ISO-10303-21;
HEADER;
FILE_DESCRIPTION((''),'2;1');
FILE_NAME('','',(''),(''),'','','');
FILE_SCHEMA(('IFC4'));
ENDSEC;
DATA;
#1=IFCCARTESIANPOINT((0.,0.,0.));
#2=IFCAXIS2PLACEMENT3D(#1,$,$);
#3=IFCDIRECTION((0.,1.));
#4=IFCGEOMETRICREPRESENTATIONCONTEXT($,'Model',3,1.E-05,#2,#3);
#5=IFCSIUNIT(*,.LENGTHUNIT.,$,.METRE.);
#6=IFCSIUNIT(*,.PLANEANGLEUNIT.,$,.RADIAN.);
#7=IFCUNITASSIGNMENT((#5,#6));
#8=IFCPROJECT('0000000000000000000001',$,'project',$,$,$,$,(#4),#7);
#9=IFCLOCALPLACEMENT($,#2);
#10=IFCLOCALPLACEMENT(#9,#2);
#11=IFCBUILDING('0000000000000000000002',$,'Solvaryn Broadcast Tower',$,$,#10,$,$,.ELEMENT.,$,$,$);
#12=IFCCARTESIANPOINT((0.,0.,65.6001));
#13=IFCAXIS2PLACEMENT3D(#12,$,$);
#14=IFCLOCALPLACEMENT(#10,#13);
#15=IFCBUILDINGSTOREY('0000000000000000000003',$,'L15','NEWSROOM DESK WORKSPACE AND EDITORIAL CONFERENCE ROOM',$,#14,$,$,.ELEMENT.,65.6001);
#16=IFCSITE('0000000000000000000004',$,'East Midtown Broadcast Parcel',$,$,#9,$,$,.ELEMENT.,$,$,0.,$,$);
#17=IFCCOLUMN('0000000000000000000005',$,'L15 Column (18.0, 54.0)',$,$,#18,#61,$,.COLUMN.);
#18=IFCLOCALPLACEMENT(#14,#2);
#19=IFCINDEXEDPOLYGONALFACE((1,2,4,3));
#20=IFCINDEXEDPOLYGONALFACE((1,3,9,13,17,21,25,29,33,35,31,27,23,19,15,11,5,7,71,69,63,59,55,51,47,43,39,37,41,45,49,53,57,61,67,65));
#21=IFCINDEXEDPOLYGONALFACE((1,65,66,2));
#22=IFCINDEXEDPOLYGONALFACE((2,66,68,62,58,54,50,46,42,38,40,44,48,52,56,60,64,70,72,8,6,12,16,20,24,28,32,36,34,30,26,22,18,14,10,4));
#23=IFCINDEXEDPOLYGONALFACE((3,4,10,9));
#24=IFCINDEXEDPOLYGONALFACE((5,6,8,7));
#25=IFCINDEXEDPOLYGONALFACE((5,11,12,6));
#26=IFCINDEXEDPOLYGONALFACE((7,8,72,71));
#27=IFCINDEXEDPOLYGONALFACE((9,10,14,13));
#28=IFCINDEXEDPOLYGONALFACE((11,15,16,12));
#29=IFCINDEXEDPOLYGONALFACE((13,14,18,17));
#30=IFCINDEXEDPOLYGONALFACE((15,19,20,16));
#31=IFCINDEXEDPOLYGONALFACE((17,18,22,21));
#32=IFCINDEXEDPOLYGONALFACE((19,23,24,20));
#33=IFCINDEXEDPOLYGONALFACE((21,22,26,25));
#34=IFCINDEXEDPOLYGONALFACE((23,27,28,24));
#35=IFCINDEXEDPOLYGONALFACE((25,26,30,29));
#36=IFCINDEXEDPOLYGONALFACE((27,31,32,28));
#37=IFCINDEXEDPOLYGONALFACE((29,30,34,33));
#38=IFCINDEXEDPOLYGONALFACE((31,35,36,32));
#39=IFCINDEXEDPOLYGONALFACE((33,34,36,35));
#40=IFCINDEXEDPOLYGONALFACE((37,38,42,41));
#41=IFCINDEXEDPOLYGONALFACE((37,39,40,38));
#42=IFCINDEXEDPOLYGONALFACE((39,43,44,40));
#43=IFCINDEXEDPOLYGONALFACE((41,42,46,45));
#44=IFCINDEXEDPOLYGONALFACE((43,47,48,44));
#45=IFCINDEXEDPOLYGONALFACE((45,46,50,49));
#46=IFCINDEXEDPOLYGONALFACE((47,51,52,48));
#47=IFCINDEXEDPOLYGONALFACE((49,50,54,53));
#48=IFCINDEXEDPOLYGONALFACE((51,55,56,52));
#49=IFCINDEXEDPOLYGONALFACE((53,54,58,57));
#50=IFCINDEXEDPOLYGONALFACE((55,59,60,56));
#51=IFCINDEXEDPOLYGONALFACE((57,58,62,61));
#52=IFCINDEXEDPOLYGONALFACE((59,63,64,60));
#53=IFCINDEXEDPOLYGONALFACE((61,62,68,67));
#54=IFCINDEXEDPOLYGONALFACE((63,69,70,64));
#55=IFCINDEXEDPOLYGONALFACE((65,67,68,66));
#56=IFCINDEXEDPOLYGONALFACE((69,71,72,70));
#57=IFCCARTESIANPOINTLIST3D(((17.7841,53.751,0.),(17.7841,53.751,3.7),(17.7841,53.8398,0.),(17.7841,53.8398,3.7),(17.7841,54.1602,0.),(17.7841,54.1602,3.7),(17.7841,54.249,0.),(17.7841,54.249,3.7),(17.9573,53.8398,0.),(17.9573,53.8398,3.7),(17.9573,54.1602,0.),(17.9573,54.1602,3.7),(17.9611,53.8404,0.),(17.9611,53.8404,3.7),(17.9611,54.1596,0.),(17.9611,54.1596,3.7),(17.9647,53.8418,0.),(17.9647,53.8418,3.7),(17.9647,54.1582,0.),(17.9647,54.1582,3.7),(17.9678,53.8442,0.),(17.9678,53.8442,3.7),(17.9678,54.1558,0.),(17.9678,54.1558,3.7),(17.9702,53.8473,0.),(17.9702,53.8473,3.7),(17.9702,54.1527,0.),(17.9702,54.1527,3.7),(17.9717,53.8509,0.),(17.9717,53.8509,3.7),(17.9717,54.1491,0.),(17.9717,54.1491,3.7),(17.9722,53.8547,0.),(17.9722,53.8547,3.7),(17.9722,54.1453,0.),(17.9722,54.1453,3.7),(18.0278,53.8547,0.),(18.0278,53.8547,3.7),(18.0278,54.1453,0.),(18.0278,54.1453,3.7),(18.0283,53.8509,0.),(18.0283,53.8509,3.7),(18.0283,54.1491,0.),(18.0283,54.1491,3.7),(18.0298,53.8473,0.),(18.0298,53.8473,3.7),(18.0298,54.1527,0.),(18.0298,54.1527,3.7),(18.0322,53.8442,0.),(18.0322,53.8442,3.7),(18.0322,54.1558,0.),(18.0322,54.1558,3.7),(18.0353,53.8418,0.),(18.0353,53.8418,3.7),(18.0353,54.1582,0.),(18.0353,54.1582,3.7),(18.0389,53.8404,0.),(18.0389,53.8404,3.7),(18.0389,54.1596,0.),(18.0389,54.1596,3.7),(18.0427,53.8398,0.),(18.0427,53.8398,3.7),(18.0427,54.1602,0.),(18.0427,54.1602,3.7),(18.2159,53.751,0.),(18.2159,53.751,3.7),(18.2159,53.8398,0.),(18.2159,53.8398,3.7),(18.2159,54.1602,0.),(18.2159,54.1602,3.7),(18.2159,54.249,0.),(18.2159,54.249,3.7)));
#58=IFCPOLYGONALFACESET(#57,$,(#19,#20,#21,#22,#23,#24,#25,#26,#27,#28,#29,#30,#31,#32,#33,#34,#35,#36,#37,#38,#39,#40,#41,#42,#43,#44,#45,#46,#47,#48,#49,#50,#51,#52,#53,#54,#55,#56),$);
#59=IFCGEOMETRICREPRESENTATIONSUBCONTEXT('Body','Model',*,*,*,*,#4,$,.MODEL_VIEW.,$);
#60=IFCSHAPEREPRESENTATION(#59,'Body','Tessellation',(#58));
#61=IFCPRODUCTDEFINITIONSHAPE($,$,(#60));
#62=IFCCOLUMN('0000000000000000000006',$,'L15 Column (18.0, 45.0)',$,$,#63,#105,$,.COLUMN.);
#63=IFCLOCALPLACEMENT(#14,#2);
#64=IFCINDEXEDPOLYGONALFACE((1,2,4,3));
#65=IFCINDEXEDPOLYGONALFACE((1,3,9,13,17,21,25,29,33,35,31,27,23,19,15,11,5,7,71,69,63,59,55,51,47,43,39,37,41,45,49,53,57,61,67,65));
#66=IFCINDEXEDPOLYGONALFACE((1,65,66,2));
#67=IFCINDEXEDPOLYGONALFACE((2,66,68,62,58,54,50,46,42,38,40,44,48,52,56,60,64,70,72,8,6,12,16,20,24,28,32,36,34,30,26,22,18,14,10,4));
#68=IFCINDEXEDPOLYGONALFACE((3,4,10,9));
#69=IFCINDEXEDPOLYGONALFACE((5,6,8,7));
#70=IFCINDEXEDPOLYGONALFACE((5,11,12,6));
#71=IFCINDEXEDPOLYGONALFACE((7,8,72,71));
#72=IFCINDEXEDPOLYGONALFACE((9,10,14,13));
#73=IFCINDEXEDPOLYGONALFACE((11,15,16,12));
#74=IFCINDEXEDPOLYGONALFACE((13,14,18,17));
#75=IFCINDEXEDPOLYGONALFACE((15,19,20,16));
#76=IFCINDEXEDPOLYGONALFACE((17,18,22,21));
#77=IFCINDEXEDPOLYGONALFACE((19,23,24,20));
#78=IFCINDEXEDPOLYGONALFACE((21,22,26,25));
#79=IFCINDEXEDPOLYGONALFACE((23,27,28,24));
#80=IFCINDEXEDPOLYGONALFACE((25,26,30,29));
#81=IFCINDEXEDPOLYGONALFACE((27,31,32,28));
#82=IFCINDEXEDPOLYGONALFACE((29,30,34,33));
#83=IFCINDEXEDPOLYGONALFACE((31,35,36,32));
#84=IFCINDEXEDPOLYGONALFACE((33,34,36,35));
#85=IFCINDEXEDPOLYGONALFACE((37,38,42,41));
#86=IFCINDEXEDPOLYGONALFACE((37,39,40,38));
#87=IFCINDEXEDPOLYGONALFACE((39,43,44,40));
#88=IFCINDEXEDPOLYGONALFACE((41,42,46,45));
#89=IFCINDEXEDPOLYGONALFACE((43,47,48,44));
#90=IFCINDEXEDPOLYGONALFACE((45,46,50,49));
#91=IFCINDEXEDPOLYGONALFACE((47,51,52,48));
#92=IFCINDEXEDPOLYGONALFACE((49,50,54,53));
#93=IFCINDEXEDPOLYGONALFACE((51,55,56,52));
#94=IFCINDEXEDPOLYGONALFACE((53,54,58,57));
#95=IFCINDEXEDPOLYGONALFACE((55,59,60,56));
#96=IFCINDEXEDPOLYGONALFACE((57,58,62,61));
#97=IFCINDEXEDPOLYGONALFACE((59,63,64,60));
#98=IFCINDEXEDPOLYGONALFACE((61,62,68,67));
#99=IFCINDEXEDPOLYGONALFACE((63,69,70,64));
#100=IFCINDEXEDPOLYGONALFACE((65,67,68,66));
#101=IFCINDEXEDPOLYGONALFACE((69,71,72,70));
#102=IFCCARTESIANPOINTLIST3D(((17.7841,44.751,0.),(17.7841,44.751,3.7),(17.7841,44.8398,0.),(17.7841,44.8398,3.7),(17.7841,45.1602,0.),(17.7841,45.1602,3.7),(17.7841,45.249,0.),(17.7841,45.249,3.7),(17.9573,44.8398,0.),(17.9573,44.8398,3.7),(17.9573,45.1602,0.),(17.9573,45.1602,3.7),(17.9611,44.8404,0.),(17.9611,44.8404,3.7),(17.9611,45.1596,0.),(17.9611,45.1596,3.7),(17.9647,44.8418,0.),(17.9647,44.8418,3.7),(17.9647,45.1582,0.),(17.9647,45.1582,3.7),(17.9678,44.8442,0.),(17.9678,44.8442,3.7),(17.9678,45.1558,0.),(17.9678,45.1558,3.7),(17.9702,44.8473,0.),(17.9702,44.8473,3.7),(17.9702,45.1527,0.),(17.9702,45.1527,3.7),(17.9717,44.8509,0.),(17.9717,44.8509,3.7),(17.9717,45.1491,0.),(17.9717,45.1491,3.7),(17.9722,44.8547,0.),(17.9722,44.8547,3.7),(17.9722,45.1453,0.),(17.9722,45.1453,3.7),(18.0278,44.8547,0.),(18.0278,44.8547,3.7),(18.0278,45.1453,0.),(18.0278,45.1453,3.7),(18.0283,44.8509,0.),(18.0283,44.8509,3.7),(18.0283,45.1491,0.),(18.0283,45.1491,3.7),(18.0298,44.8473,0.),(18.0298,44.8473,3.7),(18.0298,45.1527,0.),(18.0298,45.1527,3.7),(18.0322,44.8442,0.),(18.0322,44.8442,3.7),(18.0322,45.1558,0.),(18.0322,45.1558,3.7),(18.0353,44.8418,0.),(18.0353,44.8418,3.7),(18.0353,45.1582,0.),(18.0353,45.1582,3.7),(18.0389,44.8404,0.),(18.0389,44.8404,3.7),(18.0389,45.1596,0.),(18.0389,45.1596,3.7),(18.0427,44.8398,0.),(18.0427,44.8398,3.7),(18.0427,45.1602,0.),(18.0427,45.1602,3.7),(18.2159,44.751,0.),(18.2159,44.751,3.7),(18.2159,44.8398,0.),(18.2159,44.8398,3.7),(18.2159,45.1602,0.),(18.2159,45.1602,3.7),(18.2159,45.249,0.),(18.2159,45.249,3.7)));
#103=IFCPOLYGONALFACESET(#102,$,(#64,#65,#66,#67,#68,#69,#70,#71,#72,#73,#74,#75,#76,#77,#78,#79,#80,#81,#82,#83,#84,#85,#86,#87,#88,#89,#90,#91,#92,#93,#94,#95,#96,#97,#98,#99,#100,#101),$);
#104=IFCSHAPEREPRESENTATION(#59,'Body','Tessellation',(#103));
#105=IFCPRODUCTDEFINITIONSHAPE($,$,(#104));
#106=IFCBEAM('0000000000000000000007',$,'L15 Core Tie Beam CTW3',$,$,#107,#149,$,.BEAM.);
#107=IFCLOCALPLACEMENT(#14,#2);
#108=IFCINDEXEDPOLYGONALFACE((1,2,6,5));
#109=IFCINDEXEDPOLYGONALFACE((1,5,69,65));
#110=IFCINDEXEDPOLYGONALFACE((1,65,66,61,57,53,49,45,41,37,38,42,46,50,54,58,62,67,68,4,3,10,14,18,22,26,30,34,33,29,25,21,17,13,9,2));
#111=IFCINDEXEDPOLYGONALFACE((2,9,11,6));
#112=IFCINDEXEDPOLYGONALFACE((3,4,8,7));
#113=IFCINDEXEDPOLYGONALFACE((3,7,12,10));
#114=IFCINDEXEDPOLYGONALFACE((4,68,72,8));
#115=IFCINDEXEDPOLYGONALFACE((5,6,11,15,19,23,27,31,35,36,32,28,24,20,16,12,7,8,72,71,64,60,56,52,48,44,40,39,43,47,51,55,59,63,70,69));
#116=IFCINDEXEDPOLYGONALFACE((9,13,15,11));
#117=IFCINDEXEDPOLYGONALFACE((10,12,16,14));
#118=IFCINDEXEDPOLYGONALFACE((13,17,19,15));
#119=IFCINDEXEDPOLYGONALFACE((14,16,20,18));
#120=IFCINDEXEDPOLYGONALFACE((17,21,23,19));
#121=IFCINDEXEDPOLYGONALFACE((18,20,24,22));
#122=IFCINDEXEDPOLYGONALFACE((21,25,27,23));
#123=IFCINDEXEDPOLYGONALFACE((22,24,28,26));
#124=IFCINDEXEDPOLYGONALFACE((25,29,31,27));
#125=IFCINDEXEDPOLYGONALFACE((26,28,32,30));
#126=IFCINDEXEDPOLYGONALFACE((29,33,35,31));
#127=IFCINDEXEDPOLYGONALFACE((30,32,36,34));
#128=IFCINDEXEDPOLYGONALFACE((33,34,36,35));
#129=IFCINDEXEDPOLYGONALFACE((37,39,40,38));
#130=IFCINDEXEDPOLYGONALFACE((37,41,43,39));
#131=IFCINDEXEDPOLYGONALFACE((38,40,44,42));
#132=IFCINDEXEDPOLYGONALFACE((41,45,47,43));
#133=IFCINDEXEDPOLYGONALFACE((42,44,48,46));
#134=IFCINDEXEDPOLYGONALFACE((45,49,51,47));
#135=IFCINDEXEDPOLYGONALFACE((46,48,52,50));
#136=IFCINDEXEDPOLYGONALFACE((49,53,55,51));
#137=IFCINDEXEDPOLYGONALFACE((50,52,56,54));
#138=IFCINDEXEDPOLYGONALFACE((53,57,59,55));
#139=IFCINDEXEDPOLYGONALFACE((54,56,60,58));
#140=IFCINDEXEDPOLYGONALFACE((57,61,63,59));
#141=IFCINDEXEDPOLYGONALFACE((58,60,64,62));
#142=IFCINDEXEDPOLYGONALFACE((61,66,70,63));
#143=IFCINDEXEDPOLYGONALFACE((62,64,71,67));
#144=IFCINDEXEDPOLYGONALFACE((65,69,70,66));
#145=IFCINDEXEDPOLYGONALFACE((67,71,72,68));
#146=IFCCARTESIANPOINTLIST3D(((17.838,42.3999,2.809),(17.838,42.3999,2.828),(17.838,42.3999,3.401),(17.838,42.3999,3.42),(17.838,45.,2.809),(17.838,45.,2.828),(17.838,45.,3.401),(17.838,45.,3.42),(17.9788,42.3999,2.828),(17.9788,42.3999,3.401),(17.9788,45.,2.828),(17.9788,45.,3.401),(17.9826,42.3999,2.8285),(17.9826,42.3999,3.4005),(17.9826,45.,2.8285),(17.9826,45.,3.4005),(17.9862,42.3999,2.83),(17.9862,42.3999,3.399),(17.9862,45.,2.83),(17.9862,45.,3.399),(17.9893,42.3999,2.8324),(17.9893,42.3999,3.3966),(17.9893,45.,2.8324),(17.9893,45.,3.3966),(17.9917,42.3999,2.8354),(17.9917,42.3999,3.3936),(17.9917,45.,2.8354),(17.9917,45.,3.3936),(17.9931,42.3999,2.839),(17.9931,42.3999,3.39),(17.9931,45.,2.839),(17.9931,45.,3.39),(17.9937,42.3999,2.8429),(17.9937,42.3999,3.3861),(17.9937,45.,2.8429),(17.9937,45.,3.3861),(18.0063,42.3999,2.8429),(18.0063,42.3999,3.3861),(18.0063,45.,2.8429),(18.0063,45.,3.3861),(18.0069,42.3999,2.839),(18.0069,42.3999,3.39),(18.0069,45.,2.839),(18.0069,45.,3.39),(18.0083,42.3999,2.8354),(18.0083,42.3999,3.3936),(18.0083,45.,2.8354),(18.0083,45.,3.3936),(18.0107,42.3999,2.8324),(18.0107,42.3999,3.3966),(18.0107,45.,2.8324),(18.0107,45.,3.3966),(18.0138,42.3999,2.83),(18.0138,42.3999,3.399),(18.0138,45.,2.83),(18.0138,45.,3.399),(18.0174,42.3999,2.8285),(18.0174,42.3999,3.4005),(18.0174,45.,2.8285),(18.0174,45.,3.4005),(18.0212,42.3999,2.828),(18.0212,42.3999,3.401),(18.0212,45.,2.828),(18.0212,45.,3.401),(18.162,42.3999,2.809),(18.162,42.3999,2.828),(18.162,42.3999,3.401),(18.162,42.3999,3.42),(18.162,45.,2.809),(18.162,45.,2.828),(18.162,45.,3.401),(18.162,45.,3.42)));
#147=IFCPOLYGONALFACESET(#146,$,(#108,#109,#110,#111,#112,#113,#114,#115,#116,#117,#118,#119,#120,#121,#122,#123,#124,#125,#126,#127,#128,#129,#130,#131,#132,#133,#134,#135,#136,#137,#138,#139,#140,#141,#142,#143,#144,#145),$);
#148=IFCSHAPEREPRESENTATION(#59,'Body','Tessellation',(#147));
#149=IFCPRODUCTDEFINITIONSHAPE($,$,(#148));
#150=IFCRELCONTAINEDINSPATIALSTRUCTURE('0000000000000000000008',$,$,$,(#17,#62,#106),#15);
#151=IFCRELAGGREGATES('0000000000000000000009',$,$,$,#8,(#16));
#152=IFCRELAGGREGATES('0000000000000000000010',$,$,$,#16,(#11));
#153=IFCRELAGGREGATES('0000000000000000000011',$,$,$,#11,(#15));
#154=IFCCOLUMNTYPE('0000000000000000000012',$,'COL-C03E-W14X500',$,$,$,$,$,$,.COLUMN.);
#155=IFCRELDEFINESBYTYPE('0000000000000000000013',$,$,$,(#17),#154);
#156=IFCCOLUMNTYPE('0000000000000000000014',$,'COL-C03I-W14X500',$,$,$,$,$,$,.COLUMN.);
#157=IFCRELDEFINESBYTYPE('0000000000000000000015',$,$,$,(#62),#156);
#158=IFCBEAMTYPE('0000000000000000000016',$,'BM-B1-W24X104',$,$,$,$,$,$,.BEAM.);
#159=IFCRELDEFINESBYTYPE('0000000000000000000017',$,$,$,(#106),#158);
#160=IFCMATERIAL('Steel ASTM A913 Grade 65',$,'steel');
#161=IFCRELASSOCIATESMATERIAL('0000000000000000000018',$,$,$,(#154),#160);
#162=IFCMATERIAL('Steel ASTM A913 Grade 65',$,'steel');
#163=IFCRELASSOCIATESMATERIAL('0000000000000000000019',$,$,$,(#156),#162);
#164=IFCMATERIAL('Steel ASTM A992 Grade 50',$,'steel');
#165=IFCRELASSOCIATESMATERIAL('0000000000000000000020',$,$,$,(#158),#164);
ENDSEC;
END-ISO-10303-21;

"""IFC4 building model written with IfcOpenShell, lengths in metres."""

from ifc_helpers import new_model, si_unit, direction, frame, origin, origin_2d, place, context, subcontext, project, spatial, i_section, extrude, material, material_profile, profile_set, type_object, element, save


model = new_model("IFC4")

# Units and contexts
model_context = context("Model", 3, precision=1e-05, world=origin(), true_north=direction((0.0, 1.0)))
body_context = subcontext(model_context, "Body", "Model", "MODEL_VIEW")
ifc_project = project(units=[si_unit("LENGTHUNIT", "METRE"), si_unit("PLANEANGLEUNIT", "RADIAN")], contexts=[model_context])

# Site, building, storey
site_placement = place(None, origin())
site = spatial("IfcSite", under=ifc_project, at=site_placement, Name="East Midtown Broadcast Parcel", CompositionType="ELEMENT", RefElevation=0.0)
building_placement = place(site_placement, origin())
building = spatial("IfcBuilding", under=site, at=building_placement, Name="Solvaryn Broadcast Tower", CompositionType="ELEMENT")
storey_placement = place(building_placement, frame((0.0, 0.0, 65.6001)))
storey = spatial("IfcBuildingStorey", under=building, at=storey_placement, Name="L15", Description="NEWSROOM DESK WORKSPACE AND EDITORIAL CONFERENCE ROOM", CompositionType="ELEMENT", Elevation=65.6001)

# Columns
ifc_material_1 = material(Name="Steel ASTM A913 Grade 65", Category="steel")
ifc_material_profile_1 = material_profile(ifc_material_1, i_section(OverallWidth=0.4319, OverallDepth=0.498, WebThickness=0.0557, FlangeThickness=0.0889, FilletRadius=0.0149, at=origin_2d()))
ifc_profile_set_1 = profile_set([ifc_material_profile_1], Name="Steel ASTM A913 Grade 65")
column_type_1 = type_object("IfcColumnType", Name="COL-C03E-W14X500", PredefinedType="COLUMN", material=ifc_profile_set_1)
column_1_placement = place(storey_placement, frame((18.0, 54.0, 0.0), z_axis=(0.0, 0.0, 1.0), x_axis=(1.0, 0.0, 0.0)))
element("IfcColumn", 1, at=column_1_placement, inside=storey, type_object=column_type_1, Name="L15 Column (18.0, 54.0)", PredefinedType="COLUMN", context=body_context, shape_type="SweptSolid", body=[
    extrude(i_section(OverallWidth=0.4319, OverallDepth=0.498, WebThickness=0.0557, FlangeThickness=0.0889, FilletRadius=0.0149, at=origin_2d()), origin(), (0.0, 0.0, 1.0), 3.7),
])
ifc_material_2 = material(Name="Steel ASTM A913 Grade 65", Category="steel")
ifc_material_profile_2 = material_profile(ifc_material_2, i_section(OverallWidth=0.4319, OverallDepth=0.498, WebThickness=0.0557, FlangeThickness=0.0889, FilletRadius=0.0149, at=origin_2d()))
ifc_profile_set_2 = profile_set([ifc_material_profile_2], Name="Steel ASTM A913 Grade 65")
column_type_2 = type_object("IfcColumnType", Name="COL-C03I-W14X500", PredefinedType="COLUMN", material=ifc_profile_set_2)
column_2_placement = place(storey_placement, frame((18.0, 45.0, 0.0), z_axis=(0.0, 0.0, 1.0), x_axis=(1.0, 0.0, 0.0)))
element("IfcColumn", 2, at=column_2_placement, inside=storey, type_object=column_type_2, Name="L15 Column (18.0, 45.0)", PredefinedType="COLUMN", context=body_context, shape_type="SweptSolid", body=[
    extrude(i_section(OverallWidth=0.4319, OverallDepth=0.498, WebThickness=0.0557, FlangeThickness=0.0889, FilletRadius=0.0149, at=origin_2d()), origin(), (0.0, 0.0, 1.0), 3.7),
])

# Beam
ifc_material_3 = material(Name="Steel ASTM A992 Grade 50", Category="steel")
ifc_material_profile_3 = material_profile(ifc_material_3, i_section(OverallWidth=0.324, OverallDepth=0.6111, WebThickness=0.0127, FlangeThickness=0.019, FilletRadius=0.0149, at=origin_2d()))
ifc_profile_set_3 = profile_set([ifc_material_profile_3], Name="Steel ASTM A992 Grade 50")
beam_type_1 = type_object("IfcBeamType", Name="BM-B1-W24X104", PredefinedType="BEAM", material=ifc_profile_set_3)
beam_1_placement = place(storey_placement, frame((18.0, 42.3999, 3.1145), z_axis=(0.0, 1.0, 0.0), x_axis=(-1.0, 0.0, 0.0)))
element("IfcBeam", 3, at=beam_1_placement, inside=storey, type_object=beam_type_1, Name="L15 Core Tie Beam CTW3", PredefinedType="BEAM", context=body_context, shape_type="SweptSolid", body=[
    extrude(i_section(OverallWidth=0.324, OverallDepth=0.6111, WebThickness=0.0127, FlangeThickness=0.019, FilletRadius=0.0149, at=origin_2d()), origin(), (0.0, 0.0, 1.0), 2.6001),
])

save(model, "model.ifc")
